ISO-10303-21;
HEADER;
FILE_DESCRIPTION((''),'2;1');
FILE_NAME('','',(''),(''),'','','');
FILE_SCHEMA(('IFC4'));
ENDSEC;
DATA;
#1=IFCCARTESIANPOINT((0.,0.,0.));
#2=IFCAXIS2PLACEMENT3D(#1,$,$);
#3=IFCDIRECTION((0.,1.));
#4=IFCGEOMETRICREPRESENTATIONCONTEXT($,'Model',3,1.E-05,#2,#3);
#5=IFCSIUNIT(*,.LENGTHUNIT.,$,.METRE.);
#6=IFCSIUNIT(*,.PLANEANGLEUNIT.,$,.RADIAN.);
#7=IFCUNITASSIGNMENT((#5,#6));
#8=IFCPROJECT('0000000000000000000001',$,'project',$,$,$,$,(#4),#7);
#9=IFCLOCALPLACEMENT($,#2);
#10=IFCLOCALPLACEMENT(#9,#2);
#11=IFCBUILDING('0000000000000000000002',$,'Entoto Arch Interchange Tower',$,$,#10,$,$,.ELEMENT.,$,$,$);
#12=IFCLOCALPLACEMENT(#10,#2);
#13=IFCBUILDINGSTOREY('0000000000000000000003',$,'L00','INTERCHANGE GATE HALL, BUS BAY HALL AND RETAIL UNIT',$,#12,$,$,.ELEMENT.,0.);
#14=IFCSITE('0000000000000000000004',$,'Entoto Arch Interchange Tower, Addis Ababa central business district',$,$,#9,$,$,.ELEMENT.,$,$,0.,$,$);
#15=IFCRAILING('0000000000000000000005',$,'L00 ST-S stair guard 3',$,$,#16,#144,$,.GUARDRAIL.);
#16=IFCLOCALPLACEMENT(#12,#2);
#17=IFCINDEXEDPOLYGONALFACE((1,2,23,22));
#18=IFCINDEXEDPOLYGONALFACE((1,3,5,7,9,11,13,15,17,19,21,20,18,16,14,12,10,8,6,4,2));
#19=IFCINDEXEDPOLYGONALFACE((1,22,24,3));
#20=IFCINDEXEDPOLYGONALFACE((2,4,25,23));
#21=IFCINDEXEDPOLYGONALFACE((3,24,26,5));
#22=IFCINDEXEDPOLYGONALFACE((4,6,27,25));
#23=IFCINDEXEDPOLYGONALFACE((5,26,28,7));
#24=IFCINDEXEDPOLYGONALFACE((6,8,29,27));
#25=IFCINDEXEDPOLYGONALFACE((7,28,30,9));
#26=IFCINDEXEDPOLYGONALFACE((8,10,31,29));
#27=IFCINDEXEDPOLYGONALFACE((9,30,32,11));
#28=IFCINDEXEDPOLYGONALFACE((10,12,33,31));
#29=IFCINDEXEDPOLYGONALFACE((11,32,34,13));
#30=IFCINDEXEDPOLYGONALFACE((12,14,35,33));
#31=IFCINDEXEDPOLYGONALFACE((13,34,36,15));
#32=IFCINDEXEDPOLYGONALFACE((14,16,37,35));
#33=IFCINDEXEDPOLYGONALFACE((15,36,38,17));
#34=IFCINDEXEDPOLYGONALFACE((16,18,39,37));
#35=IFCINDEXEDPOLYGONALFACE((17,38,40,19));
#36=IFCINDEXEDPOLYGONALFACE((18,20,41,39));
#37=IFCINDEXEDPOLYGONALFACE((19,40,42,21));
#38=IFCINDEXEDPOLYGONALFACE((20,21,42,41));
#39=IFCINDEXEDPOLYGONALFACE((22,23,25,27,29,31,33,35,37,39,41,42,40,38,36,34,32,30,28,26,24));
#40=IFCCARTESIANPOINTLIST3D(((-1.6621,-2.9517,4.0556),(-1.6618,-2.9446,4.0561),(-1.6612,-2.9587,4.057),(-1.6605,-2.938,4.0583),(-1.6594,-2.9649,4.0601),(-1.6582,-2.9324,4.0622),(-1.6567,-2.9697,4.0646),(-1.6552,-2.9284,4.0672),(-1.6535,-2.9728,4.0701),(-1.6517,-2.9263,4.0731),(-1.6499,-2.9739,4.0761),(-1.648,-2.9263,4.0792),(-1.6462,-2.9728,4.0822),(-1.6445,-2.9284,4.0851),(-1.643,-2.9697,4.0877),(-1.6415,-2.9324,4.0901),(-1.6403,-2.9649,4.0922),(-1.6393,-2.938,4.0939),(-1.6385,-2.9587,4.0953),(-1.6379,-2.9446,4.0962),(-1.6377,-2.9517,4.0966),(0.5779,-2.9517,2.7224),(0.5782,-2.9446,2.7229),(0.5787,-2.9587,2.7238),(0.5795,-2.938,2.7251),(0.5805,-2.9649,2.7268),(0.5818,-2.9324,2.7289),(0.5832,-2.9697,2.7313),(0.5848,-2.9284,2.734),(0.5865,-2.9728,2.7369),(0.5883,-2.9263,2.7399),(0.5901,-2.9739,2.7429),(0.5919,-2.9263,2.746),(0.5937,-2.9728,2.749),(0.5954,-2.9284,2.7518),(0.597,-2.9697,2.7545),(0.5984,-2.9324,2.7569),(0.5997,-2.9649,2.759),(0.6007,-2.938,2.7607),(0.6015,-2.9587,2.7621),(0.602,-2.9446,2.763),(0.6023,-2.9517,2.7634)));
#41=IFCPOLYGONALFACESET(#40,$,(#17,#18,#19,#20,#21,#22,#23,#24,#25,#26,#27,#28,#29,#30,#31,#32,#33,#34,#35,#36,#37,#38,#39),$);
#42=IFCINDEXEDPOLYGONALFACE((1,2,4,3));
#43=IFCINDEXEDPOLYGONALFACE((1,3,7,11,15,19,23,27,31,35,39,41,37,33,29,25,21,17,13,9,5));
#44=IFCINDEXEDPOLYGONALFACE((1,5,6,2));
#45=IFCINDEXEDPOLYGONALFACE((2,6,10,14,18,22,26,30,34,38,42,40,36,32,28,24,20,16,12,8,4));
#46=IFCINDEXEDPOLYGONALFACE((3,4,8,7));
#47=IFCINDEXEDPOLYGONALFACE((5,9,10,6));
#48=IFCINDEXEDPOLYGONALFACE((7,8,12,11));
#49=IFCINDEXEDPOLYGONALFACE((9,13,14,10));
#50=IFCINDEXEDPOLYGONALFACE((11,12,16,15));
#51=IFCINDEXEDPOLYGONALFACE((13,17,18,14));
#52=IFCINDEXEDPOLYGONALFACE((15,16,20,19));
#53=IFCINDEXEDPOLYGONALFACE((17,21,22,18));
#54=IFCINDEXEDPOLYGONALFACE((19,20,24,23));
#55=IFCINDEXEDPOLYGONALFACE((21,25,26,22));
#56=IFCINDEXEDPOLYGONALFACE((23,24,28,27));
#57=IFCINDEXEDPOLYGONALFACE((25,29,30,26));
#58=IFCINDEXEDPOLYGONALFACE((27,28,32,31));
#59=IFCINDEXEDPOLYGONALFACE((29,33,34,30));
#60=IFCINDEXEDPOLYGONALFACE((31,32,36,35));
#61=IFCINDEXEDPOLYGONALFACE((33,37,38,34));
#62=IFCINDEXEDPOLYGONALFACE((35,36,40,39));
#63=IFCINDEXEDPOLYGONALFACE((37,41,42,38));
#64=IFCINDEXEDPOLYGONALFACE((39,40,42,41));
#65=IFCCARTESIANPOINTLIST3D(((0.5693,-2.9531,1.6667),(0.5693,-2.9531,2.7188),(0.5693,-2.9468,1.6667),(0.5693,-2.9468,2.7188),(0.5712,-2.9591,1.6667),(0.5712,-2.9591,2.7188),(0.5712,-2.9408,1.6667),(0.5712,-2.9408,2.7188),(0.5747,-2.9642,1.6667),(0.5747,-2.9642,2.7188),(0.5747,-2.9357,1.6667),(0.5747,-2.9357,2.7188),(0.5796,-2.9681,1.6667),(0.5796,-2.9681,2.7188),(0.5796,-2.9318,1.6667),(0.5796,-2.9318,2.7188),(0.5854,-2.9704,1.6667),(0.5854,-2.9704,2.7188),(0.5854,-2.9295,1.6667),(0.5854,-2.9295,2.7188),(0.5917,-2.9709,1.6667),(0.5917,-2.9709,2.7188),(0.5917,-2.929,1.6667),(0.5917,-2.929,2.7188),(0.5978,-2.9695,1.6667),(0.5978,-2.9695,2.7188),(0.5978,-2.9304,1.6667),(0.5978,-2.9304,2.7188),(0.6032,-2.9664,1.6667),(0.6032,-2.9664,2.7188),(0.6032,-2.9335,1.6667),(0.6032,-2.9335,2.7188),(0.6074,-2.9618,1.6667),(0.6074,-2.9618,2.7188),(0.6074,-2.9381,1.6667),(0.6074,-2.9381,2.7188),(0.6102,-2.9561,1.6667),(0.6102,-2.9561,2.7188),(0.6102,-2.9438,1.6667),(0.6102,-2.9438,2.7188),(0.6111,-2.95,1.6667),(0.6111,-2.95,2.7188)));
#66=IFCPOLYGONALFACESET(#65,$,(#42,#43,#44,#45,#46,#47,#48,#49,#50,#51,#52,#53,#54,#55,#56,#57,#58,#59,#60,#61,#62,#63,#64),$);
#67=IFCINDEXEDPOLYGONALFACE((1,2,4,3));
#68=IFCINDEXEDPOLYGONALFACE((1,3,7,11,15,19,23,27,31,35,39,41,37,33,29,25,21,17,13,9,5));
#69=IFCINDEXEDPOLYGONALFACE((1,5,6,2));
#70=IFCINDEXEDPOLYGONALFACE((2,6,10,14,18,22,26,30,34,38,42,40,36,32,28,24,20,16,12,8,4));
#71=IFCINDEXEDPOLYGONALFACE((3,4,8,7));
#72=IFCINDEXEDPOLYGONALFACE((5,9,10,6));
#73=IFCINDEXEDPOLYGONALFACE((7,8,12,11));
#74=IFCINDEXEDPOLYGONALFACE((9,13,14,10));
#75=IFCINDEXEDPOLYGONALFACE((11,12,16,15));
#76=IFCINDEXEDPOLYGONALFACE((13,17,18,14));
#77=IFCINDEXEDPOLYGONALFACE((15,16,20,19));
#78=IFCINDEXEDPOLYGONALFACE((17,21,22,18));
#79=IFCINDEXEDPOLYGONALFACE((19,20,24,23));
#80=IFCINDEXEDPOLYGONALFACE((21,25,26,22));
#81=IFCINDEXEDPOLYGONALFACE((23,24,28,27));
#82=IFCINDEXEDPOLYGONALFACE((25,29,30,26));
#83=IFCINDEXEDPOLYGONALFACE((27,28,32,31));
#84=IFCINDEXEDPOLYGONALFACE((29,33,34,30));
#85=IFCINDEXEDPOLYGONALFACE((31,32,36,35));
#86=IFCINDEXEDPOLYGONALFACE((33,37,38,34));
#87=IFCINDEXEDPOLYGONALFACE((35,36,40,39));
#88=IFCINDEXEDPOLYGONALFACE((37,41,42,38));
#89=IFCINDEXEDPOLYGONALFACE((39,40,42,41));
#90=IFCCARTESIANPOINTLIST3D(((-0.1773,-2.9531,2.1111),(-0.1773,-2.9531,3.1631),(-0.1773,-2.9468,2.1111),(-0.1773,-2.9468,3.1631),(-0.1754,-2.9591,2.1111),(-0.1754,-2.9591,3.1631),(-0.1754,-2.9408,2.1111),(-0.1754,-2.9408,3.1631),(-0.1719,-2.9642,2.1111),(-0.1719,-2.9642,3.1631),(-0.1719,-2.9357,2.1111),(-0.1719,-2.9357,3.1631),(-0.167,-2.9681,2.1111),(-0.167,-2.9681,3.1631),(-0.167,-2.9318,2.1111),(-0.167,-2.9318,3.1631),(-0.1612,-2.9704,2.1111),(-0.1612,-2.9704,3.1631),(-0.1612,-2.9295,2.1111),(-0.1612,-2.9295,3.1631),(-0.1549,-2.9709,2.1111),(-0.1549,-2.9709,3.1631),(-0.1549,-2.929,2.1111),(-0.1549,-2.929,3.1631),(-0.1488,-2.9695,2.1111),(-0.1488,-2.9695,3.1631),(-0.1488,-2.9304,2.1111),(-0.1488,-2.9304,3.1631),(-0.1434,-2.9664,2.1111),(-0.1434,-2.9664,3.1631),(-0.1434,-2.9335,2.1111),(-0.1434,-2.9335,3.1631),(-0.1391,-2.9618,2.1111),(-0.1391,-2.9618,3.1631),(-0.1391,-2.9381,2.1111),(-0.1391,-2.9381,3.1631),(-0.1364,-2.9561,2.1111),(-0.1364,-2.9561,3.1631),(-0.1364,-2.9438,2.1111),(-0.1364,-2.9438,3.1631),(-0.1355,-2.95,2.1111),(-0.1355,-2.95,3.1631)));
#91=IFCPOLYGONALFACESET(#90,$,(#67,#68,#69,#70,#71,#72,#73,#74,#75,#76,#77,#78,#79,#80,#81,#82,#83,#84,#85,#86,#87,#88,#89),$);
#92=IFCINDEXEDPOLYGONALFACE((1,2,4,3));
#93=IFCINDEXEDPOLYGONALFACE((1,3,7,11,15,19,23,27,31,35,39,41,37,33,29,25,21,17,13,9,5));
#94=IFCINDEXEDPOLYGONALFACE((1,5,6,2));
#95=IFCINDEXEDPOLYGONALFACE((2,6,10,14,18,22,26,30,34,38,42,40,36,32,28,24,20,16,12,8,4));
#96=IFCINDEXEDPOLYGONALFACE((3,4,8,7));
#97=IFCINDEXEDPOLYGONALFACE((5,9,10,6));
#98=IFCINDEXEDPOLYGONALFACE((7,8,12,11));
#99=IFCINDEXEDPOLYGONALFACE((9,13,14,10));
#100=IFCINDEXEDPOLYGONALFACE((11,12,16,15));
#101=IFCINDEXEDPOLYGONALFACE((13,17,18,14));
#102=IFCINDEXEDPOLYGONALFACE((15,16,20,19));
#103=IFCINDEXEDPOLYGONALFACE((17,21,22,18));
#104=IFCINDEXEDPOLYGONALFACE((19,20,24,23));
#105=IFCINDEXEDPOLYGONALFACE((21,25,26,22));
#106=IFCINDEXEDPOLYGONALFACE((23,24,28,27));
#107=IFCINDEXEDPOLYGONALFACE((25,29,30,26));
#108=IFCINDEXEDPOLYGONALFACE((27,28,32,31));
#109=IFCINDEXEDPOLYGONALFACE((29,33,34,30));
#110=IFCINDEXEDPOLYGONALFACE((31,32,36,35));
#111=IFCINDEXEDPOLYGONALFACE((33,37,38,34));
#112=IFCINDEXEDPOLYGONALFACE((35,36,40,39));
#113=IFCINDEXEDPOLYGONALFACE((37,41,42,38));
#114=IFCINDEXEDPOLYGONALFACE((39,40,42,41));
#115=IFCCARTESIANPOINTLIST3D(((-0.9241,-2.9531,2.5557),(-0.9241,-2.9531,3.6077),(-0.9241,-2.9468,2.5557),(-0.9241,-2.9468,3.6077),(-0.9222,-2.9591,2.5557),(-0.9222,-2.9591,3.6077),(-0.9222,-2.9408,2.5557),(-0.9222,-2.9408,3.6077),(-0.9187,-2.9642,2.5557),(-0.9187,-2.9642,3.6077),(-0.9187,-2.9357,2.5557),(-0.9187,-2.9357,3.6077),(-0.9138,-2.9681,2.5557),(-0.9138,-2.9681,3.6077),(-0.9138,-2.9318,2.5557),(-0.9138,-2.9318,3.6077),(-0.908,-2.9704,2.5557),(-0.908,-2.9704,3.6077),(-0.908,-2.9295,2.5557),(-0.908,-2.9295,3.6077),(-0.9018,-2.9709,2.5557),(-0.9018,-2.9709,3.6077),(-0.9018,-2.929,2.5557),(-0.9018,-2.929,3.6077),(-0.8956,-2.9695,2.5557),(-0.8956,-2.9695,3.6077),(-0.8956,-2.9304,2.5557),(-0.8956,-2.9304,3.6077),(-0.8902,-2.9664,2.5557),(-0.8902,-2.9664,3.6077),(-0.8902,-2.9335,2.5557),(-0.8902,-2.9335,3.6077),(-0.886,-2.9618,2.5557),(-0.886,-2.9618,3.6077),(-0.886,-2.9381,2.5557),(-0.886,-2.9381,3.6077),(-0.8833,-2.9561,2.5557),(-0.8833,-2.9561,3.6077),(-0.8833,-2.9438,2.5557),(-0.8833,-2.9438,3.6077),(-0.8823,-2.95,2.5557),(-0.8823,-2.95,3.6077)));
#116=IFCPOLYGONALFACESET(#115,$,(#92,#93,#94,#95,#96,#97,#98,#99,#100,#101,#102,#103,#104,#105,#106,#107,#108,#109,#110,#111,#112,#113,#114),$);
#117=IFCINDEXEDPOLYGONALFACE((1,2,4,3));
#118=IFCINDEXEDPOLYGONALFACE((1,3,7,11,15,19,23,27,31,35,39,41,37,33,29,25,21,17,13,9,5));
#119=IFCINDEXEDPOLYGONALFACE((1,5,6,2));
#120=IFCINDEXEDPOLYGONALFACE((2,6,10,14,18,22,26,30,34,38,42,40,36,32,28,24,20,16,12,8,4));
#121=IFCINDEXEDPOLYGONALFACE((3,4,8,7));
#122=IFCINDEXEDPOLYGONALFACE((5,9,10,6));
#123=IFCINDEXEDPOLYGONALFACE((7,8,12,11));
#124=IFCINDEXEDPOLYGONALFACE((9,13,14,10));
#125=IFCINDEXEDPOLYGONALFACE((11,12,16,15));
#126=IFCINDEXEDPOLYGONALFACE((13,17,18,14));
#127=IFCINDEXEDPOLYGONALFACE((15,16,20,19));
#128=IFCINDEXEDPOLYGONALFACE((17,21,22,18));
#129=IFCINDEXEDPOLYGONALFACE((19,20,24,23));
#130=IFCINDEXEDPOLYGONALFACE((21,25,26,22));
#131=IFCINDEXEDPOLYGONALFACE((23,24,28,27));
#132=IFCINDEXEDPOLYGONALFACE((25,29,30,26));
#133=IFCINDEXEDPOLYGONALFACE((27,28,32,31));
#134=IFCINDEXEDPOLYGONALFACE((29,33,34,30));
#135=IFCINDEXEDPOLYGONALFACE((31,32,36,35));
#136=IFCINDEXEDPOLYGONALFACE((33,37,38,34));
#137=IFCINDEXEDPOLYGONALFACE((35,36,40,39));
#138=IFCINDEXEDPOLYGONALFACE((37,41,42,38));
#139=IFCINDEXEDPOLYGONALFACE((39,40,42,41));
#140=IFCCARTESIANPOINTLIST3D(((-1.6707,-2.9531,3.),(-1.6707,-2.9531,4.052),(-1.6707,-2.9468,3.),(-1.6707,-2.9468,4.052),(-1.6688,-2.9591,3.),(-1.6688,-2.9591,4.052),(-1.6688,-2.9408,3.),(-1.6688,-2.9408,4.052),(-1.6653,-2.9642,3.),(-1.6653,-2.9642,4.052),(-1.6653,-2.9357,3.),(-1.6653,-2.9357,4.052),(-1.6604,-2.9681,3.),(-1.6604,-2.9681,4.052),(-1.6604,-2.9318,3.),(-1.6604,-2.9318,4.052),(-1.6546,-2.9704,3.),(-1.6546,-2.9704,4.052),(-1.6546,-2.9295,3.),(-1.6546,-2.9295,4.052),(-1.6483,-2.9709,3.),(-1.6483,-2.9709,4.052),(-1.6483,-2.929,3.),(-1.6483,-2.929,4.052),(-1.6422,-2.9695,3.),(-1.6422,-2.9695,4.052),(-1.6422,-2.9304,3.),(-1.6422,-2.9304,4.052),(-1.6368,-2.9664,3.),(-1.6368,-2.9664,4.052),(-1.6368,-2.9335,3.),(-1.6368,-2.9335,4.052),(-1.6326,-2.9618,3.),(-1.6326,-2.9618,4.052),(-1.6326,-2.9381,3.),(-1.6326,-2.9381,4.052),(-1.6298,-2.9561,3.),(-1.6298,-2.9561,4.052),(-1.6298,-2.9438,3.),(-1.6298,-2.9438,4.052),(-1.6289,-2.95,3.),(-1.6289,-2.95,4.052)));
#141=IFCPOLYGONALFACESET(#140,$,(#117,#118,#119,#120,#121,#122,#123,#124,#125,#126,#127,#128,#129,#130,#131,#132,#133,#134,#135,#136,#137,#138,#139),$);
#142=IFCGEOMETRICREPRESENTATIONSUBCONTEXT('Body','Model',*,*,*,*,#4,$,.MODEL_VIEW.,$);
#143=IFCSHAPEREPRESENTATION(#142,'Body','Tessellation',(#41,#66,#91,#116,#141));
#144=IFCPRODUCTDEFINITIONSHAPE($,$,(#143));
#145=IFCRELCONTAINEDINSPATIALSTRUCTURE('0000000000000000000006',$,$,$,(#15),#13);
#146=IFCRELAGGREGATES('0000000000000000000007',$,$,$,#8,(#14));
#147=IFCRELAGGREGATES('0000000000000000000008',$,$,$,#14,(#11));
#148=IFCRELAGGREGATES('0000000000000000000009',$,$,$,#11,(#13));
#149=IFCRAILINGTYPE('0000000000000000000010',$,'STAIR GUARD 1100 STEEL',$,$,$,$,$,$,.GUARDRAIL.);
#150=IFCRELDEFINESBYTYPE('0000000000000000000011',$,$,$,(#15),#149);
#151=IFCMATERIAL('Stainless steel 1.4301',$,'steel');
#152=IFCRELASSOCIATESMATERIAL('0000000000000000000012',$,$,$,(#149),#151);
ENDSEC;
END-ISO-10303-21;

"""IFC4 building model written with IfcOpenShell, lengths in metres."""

from ifc_helpers import new_model, si_unit, direction, frame, origin, origin_2d, place, context, subcontext, project, spatial, circle, extrude, material, type_object, element, save


model = new_model("IFC4")

# Units and contexts
model_context = context("Model", 3, precision=1e-05, world=origin(), true_north=direction((0.0, 1.0)))
body_context = subcontext(model_context, "Body", "Model", "MODEL_VIEW")
ifc_project = project(units=[si_unit("LENGTHUNIT", "METRE"), si_unit("PLANEANGLEUNIT", "RADIAN")], contexts=[model_context])

# Site, building, storey
site_placement = place(None, origin())
site = spatial("IfcSite", under=ifc_project, at=site_placement, Name="Entoto Arch Interchange Tower, Addis Ababa central business district", CompositionType="ELEMENT", RefElevation=0.0)
building_placement = place(site_placement, origin())
building = spatial("IfcBuilding", under=site, at=building_placement, Name="Entoto Arch Interchange Tower", CompositionType="ELEMENT")
storey_placement = place(building_placement, origin())
storey = spatial("IfcBuildingStorey", under=building, at=storey_placement, Name="L00", Description="INTERCHANGE GATE HALL, BUS BAY HALL AND RETAIL UNIT", CompositionType="ELEMENT", Elevation=0.0)

# Railing
ifc_material_1 = material(Name="Stainless steel 1.4301", Category="steel")
railing_type = type_object("IfcRailingType", Name="STAIR GUARD 1100 STEEL", PredefinedType="GUARDRAIL", material=ifc_material_1)
railing_1_placement = place(storey_placement, frame((0.5901, -2.95, 1.6667)))
element("IfcRailing", 1, at=railing_1_placement, inside=storey, type_object=railing_type, Name="L00 ST-S stair guard 3", PredefinedType="GUARDRAIL", context=body_context, shape_type="SweptSolid", body=[
    extrude(circle(Radius=0.0239, at=origin_2d()), frame((0.0, 0.0, 1.0762), z_axis=(-0.859306, 0.0, 0.511462), x_axis=(0.0, -1.0, 0.0)), (0.0, 0.0, 1.0), 2.6067),
    extrude(circle(Radius=0.021, at=origin_2d()), origin(), (0.0, 0.0, 1.0), 1.052),
    extrude(circle(Radius=0.021, at=origin_2d()), frame((-0.7466, 0.0, 0.4443)), (0.0, 0.0, 1.0), 1.052),
    extrude(circle(Radius=0.021, at=origin_2d()), frame((-1.4934, 0.0, 0.8889)), (0.0, 0.0, 1.0), 1.052),
    extrude(circle(Radius=0.021, at=origin_2d()), frame((-2.24, 0.0, 1.3333)), (0.0, 0.0, 1.0), 1.052),
])

save(model, "model.ifc")
